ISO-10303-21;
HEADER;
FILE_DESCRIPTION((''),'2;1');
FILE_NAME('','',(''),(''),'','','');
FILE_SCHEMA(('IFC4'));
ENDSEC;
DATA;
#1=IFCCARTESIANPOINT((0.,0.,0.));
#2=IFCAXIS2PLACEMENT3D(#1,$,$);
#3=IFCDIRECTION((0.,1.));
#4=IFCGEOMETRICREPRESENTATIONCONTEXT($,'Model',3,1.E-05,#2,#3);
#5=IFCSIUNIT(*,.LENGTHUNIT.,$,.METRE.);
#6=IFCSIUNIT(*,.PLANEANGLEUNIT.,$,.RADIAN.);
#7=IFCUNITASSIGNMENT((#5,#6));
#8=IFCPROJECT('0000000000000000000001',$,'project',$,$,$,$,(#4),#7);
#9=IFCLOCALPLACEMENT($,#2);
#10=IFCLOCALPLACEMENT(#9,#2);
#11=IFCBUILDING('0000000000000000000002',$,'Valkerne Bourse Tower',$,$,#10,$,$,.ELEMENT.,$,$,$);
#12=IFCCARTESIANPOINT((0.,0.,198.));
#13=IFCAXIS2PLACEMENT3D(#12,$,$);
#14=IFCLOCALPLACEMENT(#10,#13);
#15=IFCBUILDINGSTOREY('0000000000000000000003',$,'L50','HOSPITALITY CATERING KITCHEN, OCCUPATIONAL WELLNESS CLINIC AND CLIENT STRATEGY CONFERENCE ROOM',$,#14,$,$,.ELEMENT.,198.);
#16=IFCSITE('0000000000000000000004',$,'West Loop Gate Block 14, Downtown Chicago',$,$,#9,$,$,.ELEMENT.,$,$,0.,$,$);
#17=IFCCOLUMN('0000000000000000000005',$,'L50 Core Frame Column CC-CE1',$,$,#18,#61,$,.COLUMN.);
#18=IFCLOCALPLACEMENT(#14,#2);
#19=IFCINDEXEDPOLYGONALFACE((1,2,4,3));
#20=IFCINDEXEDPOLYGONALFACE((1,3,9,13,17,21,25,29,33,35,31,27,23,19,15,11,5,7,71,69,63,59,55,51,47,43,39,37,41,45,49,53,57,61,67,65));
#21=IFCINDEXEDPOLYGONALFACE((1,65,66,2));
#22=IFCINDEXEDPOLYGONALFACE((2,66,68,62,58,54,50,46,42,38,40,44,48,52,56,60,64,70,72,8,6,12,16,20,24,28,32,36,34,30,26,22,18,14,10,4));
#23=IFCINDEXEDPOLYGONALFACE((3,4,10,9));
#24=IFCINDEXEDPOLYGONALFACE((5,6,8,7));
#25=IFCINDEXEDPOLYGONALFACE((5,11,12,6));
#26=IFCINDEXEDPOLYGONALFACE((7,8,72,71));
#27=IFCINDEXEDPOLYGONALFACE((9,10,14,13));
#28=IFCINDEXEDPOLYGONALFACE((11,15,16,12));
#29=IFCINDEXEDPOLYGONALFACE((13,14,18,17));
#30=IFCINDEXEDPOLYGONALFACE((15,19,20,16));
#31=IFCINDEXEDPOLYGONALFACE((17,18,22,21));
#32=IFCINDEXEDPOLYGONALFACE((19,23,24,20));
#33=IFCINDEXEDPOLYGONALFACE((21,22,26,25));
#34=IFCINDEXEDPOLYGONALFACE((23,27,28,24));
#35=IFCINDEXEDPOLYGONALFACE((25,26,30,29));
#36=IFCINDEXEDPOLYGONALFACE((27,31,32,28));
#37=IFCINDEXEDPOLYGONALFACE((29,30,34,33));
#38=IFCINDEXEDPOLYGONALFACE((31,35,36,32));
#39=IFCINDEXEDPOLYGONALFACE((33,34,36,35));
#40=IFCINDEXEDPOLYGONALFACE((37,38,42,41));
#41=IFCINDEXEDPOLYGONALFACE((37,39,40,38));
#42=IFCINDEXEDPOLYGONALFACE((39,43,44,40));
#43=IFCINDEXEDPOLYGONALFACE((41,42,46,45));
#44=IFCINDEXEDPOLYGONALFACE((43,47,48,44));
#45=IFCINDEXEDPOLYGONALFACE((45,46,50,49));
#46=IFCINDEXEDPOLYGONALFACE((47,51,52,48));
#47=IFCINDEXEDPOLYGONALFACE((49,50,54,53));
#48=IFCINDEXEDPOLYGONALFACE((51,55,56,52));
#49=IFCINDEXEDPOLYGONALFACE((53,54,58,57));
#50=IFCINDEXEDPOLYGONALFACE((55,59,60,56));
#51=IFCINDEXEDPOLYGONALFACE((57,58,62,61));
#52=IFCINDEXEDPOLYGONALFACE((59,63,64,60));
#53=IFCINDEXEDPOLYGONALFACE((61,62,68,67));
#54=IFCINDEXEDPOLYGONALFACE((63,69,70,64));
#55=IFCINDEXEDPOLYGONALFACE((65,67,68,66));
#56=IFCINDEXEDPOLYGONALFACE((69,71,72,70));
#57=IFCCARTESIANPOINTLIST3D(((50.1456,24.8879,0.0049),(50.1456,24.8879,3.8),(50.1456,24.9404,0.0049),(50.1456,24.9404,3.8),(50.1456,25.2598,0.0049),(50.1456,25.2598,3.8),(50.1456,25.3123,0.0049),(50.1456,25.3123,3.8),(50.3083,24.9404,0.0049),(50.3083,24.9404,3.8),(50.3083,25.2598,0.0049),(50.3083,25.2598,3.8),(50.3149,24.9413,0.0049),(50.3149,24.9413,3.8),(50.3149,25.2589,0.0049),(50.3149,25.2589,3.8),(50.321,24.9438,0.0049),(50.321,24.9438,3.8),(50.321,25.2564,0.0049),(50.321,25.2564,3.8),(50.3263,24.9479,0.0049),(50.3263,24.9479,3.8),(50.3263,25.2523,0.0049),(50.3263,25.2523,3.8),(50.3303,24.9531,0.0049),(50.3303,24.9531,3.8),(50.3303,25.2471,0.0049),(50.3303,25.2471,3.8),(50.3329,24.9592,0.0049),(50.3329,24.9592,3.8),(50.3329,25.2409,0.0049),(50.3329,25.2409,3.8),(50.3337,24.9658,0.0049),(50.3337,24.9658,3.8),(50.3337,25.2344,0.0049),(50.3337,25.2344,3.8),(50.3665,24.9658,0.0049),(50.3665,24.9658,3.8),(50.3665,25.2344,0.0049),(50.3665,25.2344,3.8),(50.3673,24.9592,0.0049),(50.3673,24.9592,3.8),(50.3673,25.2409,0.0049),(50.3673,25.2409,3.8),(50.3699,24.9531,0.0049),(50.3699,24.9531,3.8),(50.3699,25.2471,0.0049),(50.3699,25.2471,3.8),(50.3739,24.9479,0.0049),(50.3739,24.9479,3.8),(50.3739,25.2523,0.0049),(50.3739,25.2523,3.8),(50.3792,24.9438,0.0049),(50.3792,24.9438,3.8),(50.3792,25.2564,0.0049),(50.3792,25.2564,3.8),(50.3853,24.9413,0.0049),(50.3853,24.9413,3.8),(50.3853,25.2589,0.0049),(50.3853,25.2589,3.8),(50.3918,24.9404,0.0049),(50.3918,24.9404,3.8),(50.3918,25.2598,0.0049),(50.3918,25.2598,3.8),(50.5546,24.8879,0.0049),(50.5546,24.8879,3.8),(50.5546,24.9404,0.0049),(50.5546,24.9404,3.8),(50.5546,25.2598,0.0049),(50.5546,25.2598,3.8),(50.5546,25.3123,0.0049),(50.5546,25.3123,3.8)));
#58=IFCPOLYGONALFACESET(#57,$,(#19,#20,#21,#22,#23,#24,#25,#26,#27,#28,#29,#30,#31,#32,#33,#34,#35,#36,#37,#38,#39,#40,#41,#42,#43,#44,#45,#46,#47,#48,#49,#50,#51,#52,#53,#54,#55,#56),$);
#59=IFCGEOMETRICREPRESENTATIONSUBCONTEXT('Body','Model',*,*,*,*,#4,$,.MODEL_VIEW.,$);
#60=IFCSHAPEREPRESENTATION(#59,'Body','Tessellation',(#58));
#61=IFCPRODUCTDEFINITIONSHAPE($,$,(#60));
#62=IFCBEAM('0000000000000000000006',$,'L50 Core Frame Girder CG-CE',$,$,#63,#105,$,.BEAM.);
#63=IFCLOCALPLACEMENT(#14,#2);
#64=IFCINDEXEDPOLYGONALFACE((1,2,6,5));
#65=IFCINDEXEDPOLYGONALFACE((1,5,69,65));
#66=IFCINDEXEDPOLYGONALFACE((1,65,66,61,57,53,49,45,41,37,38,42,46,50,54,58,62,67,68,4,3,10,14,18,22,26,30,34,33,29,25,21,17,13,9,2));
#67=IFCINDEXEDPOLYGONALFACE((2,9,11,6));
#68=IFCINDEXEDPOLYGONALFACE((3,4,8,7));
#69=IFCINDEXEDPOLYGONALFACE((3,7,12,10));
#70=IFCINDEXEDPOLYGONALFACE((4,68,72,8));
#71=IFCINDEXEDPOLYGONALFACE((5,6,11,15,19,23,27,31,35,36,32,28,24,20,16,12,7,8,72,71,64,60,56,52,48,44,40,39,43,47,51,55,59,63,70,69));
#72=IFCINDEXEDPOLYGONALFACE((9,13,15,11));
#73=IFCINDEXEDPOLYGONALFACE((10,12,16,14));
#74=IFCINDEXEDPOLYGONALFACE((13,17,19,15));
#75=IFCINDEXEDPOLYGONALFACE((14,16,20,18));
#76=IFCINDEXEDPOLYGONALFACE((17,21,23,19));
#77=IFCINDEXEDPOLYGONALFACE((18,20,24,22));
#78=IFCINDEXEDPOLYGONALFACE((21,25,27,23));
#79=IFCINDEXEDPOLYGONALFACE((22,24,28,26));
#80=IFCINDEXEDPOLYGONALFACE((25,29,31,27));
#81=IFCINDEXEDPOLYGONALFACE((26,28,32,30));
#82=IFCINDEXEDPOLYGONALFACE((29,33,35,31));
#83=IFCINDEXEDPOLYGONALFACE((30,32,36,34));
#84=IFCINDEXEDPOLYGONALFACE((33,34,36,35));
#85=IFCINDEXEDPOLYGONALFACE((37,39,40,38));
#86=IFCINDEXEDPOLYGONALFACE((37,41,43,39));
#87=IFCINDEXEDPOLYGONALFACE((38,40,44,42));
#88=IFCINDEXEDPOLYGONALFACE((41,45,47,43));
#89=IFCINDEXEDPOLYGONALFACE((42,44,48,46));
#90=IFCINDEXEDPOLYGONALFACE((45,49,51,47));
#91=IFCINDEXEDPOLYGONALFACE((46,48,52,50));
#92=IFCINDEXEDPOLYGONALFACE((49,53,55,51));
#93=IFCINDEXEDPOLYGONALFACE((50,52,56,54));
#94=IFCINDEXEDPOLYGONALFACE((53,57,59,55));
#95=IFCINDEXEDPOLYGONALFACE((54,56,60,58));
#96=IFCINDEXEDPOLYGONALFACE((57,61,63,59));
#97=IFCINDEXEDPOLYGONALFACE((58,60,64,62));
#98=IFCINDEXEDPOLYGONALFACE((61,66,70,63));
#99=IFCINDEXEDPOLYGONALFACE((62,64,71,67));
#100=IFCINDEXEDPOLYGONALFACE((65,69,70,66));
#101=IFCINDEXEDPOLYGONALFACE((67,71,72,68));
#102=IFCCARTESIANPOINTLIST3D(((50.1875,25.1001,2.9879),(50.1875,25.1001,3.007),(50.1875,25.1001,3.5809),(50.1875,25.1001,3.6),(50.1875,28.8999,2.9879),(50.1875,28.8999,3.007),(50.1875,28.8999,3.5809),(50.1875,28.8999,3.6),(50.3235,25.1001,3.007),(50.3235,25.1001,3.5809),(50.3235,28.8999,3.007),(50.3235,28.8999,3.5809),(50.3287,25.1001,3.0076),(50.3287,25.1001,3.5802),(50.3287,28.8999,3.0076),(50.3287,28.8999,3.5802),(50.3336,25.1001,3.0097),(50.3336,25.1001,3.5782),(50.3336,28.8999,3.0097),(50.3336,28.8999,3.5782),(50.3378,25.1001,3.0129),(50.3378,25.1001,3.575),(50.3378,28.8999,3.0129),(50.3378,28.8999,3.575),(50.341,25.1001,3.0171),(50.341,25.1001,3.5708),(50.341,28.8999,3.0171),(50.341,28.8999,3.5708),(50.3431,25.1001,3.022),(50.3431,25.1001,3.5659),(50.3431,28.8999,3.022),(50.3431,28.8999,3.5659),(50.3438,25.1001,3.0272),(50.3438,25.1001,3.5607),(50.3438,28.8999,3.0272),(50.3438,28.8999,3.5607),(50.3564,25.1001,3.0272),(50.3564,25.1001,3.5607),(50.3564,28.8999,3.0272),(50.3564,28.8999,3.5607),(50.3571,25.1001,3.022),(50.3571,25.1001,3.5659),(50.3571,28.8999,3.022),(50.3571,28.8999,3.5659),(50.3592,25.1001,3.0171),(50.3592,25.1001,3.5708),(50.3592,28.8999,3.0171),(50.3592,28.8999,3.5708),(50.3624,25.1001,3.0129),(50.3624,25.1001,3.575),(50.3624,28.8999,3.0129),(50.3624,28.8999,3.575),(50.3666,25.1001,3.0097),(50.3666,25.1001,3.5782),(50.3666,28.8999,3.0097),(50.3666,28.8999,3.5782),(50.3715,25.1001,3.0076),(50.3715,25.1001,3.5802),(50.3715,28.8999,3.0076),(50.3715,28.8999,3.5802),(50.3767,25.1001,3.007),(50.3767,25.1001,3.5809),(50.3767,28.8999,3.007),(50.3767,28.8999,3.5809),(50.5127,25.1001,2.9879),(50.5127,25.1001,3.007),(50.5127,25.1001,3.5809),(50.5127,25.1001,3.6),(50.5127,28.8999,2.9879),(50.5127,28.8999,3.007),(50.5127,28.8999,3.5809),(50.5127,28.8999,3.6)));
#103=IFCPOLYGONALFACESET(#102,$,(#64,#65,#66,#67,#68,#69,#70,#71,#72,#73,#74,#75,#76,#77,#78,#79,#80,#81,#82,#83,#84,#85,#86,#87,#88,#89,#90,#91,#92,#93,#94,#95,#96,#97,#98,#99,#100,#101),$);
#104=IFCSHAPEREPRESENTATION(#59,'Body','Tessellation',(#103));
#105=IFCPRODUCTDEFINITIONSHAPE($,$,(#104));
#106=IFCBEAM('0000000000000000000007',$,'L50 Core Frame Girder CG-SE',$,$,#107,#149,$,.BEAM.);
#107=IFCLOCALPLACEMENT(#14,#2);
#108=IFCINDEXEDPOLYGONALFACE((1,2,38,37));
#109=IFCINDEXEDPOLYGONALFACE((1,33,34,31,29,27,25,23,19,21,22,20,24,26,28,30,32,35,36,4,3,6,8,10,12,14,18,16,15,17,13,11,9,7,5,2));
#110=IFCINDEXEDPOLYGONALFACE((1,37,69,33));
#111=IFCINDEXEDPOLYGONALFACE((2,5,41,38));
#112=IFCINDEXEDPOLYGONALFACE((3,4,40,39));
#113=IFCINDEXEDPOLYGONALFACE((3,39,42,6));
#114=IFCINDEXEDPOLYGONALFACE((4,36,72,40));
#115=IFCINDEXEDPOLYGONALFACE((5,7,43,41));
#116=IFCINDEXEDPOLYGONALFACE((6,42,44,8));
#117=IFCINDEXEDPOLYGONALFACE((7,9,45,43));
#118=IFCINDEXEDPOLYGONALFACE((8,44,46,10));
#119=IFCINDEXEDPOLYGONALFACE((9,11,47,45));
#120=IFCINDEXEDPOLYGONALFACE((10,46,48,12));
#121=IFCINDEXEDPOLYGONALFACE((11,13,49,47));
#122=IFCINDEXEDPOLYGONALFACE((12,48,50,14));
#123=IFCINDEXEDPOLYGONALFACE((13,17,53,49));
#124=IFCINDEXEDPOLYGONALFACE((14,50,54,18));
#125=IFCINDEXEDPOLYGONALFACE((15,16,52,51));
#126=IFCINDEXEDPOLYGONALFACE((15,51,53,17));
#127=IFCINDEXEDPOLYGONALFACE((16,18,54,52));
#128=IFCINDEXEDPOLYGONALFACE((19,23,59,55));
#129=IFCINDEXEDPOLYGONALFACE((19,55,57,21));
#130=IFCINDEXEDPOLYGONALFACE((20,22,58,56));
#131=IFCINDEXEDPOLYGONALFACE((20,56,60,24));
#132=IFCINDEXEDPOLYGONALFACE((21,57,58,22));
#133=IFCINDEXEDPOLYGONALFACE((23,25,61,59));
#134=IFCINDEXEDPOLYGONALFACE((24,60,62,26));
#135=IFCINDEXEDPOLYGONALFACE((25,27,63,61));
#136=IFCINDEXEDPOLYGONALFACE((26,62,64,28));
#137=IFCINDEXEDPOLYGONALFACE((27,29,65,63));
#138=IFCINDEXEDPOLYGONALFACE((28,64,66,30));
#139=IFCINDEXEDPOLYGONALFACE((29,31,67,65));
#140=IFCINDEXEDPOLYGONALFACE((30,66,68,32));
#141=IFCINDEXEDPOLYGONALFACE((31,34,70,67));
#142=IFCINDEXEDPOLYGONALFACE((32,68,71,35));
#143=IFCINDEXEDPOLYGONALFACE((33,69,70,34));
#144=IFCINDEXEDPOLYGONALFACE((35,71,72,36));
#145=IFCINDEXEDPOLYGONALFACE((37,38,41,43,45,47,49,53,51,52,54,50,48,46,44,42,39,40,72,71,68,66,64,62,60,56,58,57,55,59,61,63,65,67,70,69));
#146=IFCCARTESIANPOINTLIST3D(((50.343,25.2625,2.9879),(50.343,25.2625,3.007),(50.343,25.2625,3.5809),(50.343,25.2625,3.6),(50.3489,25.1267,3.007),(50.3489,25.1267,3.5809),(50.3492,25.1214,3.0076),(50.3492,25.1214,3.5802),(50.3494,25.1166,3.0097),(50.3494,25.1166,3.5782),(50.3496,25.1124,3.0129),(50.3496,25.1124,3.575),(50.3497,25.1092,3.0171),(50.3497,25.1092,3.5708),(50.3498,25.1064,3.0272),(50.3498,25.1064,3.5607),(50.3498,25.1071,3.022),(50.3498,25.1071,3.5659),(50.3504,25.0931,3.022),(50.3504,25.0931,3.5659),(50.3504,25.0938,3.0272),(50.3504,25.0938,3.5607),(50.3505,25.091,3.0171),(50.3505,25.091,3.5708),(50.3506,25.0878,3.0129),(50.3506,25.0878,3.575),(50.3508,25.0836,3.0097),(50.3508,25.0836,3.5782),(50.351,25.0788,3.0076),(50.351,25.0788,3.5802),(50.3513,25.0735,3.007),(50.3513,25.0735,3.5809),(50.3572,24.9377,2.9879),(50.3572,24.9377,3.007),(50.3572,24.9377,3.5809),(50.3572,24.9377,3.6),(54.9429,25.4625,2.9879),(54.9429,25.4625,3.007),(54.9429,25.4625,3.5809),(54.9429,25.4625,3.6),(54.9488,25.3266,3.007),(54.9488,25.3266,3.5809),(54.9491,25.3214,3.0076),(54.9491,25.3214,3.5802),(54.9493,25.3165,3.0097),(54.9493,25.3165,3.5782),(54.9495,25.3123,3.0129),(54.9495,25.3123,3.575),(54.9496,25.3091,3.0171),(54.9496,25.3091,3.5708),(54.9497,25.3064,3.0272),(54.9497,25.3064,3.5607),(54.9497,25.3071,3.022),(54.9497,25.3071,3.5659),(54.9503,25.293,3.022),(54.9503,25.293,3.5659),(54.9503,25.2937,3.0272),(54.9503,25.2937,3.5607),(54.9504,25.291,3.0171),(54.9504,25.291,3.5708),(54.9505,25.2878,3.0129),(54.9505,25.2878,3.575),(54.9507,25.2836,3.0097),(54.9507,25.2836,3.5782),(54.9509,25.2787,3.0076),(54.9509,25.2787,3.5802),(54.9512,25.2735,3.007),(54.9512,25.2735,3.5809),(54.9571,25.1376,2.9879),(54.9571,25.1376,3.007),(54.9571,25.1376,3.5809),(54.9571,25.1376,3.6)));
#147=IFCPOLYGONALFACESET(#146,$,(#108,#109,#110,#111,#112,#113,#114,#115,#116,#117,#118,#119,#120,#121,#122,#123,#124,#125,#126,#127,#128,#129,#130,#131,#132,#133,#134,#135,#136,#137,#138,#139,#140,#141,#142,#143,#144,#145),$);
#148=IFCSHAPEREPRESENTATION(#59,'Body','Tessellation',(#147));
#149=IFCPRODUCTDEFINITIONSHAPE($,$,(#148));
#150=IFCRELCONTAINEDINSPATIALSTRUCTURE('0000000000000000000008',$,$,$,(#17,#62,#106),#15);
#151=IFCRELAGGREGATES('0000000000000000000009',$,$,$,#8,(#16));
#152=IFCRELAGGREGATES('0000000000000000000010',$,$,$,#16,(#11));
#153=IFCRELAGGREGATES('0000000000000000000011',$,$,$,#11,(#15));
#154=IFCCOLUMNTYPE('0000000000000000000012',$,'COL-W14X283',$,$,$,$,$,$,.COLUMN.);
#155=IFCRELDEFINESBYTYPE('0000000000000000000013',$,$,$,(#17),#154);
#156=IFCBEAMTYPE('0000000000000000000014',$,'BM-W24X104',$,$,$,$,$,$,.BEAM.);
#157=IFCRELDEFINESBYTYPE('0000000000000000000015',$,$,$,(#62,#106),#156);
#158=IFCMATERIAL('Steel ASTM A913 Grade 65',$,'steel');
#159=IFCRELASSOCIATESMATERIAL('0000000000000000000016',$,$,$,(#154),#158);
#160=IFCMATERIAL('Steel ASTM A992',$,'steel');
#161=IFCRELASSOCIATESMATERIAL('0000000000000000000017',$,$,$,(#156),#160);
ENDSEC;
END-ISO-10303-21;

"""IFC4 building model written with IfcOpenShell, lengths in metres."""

from ifc_helpers import new_model, si_unit, direction, frame, origin, origin_2d, place, context, subcontext, project, spatial, i_section, extrude, material, material_profile, profile_set, type_object, element, save


model = new_model("IFC4")

# Units and contexts
model_context = context("Model", 3, precision=1e-05, world=origin(), true_north=direction((0.0, 1.0)))
body_context = subcontext(model_context, "Body", "Model", "MODEL_VIEW")
ifc_project = project(units=[si_unit("LENGTHUNIT", "METRE"), si_unit("PLANEANGLEUNIT", "RADIAN")], contexts=[model_context])

# Site, building, storey
site_placement = place(None, origin())
site = spatial("IfcSite", under=ifc_project, at=site_placement, Name="West Loop Gate Block 14, Downtown Chicago", CompositionType="ELEMENT", RefElevation=0.0)
building_placement = place(site_placement, origin())
building = spatial("IfcBuilding", under=site, at=building_placement, Name="Valkerne Bourse Tower", CompositionType="ELEMENT")
storey_placement = place(building_placement, frame((0.0, 0.0, 198.0)))
storey = spatial("IfcBuildingStorey", under=building, at=storey_placement, Name="L50", Description="HOSPITALITY CATERING KITCHEN, OCCUPATIONAL WELLNESS CLINIC AND CLIENT STRATEGY CONFERENCE ROOM", CompositionType="ELEMENT", Elevation=198.0)

# Column
ifc_material_1 = material(Name="Steel ASTM A913 Grade 65", Category="steel")
ifc_material_profile_1 = material_profile(ifc_material_1, i_section(OverallWidth=0.4089, OverallDepth=0.4243, WebThickness=0.0327, FlangeThickness=0.0525, FilletRadius=0.0254, at=origin_2d()), Name="W14X283")
ifc_profile_set_1 = profile_set([ifc_material_profile_1], Name="Steel ASTM A913 Grade 65")
column_type = type_object("IfcColumnType", Name="COL-W14X283", PredefinedType="COLUMN", material=ifc_profile_set_1)
column_placement = place(storey_placement, frame((50.3501, 25.1001, 0.0049), z_axis=(0.0, 0.0, 1.0), x_axis=(1.0, 0.0, 0.0)))
element("IfcColumn", 1, at=column_placement, inside=storey, type_object=column_type, Name="L50 Core Frame Column CC-CE1", PredefinedType="COLUMN", context=body_context, shape_type="SweptSolid", body=[
    extrude(i_section(OverallWidth=0.4089, OverallDepth=0.4243, WebThickness=0.0327, FlangeThickness=0.0525, FilletRadius=0.0254, at=origin_2d()), origin(), (0.0, 0.0, 1.0), 3.7952),
])

# Beams
ifc_material_2 = material(Name="Steel ASTM A992", Category="steel")
ifc_material_profile_2 = material_profile(ifc_material_2, i_section(OverallWidth=0.3252, OverallDepth=0.6121, WebThickness=0.0127, FlangeThickness=0.019, FilletRadius=0.0203, at=origin_2d()), Name="W24X104")
ifc_profile_set_2 = profile_set([ifc_material_profile_2], Name="Steel ASTM A992")
beam_type = type_object("IfcBeamType", Name="BM-W24X104", PredefinedType="BEAM", material=ifc_profile_set_2)
beam_1_placement = place(storey_placement, frame((50.3501, 25.1001, 3.2939), z_axis=(0.0, 1.0, 0.0), x_axis=(-1.0, 0.0, 0.0)))
element("IfcBeam", 2, at=beam_1_placement, inside=storey, type_object=beam_type, Name="L50 Core Frame Girder CG-CE", PredefinedType="BEAM", context=body_context, shape_type="SweptSolid", body=[
    extrude(i_section(OverallWidth=0.3252, OverallDepth=0.6121, WebThickness=0.0127, FlangeThickness=0.019, FilletRadius=0.0203, at=origin_2d()), origin(), (0.0, 0.0, 1.0), 3.7998),
])
beam_2_placement = place(storey_placement, frame((50.3501, 25.1001, 3.2939), z_axis=(0.999057, 0.043428, 0.0), x_axis=(-0.043428, 0.999057, 0.0)))
element("IfcBeam", 3, at=beam_2_placement, inside=storey, type_object=beam_type, Name="L50 Core Frame Girder CG-SE", PredefinedType="BEAM", context=body_context, shape_type="SweptSolid", body=[
    extrude(i_section(OverallWidth=0.3252, OverallDepth=0.6121, WebThickness=0.0127, FlangeThickness=0.019, FilletRadius=0.0203, at=origin_2d()), origin(), (0.0, 0.0, 1.0), 4.6042),
])

save(model, "model.ifc")
